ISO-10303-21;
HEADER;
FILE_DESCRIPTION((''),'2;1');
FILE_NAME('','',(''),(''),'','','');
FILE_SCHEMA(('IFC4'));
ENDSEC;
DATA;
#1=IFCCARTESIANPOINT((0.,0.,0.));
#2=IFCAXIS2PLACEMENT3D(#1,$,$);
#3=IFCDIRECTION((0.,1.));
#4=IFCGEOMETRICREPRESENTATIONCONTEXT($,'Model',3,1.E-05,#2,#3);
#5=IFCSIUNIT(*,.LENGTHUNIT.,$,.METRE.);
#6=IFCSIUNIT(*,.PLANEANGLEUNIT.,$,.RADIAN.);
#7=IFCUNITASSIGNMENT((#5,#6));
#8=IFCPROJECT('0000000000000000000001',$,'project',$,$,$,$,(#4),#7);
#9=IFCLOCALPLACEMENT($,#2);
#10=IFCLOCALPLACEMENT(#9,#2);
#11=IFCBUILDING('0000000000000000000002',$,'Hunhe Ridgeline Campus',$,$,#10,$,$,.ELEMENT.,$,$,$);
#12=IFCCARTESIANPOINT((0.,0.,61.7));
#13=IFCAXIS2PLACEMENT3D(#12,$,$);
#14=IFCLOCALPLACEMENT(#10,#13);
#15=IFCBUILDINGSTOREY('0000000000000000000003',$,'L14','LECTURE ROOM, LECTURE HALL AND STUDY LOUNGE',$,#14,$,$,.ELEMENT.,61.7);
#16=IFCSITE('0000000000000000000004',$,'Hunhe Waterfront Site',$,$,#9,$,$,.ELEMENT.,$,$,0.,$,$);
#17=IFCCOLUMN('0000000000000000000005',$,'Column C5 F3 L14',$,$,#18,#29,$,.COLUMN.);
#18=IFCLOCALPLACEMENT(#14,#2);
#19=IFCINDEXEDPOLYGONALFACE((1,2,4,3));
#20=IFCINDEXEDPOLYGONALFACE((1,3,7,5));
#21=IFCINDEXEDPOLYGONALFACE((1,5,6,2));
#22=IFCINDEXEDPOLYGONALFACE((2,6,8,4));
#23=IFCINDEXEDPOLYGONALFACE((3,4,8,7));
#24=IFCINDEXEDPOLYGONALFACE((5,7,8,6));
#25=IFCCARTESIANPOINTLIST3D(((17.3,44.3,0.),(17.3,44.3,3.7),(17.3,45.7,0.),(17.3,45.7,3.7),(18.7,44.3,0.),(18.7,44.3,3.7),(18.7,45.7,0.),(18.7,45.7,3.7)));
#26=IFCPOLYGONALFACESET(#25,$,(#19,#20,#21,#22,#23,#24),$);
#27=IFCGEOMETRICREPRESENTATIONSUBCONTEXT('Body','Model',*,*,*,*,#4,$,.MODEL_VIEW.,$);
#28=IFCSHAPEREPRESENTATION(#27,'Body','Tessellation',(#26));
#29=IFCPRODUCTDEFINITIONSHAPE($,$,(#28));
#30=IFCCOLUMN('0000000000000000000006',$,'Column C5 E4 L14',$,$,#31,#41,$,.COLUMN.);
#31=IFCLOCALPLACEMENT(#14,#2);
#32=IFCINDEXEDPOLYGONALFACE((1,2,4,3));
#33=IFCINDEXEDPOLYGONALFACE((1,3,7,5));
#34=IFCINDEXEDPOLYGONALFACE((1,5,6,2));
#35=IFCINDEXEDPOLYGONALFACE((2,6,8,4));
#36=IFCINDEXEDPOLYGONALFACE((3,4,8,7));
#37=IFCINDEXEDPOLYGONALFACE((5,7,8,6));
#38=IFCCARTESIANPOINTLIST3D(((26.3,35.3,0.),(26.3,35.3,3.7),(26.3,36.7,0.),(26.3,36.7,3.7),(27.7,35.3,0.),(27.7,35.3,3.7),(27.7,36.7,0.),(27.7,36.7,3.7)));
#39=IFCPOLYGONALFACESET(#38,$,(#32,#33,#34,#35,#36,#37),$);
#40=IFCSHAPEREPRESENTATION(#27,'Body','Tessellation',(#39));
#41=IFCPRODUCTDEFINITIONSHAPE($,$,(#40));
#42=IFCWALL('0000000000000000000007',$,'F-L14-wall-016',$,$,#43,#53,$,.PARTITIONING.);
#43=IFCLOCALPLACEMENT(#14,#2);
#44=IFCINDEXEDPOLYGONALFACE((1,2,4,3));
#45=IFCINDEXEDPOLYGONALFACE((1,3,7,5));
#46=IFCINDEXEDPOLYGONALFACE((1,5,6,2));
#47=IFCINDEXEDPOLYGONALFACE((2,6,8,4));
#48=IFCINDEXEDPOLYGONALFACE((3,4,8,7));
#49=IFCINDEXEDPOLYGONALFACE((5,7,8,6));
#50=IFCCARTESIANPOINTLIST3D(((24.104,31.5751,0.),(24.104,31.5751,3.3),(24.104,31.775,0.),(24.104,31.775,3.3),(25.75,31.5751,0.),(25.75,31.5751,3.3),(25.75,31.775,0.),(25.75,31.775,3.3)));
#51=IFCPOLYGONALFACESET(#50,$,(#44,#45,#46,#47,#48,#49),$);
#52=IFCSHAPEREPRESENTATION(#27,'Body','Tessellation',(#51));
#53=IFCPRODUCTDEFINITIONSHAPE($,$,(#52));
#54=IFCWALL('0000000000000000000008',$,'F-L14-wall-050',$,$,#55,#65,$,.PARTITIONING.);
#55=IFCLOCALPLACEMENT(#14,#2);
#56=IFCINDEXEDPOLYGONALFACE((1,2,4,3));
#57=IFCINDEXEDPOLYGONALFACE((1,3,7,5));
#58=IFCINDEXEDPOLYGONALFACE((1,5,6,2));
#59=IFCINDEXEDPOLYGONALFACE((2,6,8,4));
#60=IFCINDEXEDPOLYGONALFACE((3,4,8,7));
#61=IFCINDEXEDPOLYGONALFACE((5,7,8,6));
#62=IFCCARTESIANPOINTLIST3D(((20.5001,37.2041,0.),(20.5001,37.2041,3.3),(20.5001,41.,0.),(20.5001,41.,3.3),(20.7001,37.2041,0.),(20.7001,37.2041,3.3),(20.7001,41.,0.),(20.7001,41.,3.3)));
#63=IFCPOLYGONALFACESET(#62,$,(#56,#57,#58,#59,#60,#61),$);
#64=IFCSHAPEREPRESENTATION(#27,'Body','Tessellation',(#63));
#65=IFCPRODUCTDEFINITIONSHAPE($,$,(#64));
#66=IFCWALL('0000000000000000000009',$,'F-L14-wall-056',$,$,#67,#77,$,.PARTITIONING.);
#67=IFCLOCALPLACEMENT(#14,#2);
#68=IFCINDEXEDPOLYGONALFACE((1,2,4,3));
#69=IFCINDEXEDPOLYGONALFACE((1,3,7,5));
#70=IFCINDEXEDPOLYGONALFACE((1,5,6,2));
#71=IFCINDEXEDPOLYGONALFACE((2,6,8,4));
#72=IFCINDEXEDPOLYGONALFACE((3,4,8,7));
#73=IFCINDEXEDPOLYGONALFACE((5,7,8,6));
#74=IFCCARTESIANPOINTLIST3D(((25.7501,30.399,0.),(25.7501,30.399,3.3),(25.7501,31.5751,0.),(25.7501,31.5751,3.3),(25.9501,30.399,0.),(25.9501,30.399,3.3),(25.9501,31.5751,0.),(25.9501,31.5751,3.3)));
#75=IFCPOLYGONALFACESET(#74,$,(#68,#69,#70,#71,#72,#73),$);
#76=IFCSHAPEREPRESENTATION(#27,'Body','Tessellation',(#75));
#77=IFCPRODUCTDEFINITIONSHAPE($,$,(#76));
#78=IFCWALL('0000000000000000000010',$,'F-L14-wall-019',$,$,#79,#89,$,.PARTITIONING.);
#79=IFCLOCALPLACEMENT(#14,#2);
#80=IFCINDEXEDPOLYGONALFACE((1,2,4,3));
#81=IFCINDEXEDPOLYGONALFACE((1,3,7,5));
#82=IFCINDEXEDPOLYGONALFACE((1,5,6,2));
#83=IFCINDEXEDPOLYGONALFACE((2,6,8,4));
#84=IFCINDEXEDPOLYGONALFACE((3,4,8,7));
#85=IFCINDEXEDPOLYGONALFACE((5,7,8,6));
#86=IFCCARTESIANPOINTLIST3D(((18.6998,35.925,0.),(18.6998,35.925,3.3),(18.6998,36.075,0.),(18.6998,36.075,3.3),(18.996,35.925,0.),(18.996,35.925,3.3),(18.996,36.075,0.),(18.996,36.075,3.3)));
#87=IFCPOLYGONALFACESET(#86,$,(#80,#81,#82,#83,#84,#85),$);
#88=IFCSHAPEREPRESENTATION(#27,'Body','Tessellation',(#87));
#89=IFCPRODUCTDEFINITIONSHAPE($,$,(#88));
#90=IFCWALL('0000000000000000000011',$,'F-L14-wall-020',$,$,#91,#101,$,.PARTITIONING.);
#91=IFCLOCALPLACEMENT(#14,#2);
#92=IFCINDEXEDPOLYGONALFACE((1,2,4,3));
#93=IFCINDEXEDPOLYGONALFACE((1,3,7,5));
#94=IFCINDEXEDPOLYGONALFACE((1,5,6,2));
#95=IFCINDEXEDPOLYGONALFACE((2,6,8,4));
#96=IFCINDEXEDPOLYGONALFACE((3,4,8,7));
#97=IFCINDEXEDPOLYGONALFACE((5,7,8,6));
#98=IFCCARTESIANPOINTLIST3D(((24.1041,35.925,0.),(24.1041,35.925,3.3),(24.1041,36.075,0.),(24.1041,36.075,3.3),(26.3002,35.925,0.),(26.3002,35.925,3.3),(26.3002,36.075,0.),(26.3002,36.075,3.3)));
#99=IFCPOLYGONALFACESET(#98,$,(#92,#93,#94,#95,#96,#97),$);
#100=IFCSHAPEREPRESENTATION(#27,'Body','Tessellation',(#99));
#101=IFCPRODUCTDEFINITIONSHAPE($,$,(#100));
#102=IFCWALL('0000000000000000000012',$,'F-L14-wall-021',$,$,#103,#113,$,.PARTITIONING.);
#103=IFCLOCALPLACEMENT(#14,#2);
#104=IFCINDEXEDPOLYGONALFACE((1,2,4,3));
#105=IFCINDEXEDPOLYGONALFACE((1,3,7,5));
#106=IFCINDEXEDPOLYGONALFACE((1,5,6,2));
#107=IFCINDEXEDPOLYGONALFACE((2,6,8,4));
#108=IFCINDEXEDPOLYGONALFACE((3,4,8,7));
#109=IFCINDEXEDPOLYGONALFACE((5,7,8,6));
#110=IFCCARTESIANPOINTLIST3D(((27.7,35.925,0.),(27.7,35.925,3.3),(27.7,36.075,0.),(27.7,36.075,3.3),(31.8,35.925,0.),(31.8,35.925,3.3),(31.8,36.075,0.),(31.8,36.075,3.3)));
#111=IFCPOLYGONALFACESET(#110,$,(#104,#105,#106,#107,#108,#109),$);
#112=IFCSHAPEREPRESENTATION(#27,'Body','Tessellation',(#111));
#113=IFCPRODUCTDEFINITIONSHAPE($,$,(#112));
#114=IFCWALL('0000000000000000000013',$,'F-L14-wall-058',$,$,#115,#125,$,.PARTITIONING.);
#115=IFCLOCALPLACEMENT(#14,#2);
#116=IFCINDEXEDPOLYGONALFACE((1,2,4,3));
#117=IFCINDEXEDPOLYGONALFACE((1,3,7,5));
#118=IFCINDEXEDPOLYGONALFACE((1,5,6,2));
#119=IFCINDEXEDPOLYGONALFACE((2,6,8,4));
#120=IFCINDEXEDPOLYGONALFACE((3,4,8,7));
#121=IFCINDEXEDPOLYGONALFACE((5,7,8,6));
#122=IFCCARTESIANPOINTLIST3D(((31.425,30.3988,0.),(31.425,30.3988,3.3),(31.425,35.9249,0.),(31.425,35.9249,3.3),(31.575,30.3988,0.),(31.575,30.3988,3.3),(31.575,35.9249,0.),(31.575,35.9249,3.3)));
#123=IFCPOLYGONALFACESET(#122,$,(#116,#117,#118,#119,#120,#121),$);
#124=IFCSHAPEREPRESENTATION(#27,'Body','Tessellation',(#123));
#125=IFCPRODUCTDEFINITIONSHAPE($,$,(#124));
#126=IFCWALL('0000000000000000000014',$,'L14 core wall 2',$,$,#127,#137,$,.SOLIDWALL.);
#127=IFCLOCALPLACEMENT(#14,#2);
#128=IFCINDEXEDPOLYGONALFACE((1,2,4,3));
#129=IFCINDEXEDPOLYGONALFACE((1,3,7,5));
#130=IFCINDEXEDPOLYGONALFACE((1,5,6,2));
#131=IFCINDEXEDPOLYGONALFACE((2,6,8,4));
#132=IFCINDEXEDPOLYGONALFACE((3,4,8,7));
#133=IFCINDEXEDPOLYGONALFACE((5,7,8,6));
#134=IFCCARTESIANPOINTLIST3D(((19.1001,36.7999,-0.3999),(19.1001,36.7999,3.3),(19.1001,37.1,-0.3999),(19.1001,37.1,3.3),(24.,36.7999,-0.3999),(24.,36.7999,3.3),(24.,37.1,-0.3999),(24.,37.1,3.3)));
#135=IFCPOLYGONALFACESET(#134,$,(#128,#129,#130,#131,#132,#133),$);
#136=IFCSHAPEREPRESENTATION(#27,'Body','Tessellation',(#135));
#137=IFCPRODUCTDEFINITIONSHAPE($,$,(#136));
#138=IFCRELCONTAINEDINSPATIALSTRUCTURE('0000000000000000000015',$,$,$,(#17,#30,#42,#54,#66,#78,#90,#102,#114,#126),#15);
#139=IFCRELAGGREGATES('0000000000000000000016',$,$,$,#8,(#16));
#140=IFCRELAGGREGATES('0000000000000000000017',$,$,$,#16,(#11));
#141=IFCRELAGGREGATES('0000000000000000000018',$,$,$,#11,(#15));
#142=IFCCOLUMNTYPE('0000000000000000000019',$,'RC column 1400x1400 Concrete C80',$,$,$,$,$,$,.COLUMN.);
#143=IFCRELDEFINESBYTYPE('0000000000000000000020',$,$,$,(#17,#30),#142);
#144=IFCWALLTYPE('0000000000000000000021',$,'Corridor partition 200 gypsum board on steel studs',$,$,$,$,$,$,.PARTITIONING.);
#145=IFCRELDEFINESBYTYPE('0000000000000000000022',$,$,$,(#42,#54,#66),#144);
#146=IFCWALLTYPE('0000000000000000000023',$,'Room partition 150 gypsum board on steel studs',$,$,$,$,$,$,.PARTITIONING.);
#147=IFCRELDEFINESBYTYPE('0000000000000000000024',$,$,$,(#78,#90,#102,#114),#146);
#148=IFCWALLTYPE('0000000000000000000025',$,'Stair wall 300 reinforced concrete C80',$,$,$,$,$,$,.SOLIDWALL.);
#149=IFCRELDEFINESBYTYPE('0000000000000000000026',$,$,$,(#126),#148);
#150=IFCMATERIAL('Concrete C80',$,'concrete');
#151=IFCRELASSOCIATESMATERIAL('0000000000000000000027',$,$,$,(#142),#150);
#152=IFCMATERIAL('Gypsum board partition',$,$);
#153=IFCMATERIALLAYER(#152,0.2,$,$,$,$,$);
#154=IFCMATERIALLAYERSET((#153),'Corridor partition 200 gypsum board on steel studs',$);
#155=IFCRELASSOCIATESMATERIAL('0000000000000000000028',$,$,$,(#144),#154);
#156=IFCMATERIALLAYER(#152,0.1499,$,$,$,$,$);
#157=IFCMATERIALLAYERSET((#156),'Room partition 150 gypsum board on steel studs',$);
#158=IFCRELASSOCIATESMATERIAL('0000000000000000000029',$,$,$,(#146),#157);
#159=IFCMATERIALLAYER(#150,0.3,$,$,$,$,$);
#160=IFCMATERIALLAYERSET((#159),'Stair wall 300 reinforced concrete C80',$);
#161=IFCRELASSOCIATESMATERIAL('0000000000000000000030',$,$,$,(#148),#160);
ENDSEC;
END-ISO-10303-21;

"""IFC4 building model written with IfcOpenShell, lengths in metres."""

from ifc_helpers import new_model, si_unit, direction, frame, frame_2d, origin, origin_2d, place, context, subcontext, project, spatial, rectangle, extrude, material, layer, layer_set, material_profile, profile_set, type_object, element, save


model = new_model("IFC4")

# Units and contexts
model_context = context("Model", 3, precision=1e-05, world=origin(), true_north=direction((0.0, 1.0)))
body_context = subcontext(model_context, "Body", "Model", "MODEL_VIEW")
ifc_project = project(units=[si_unit("LENGTHUNIT", "METRE"), si_unit("PLANEANGLEUNIT", "RADIAN")], contexts=[model_context])

# Site, building, storey
site_placement = place(None, origin())
site = spatial("IfcSite", under=ifc_project, at=site_placement, Name="Hunhe Waterfront Site", CompositionType="ELEMENT", RefElevation=0.0)
building_placement = place(site_placement, origin())
building = spatial("IfcBuilding", under=site, at=building_placement, Name="Hunhe Ridgeline Campus", CompositionType="ELEMENT")
storey_placement = place(building_placement, frame((0.0, 0.0, 61.7)))
storey = spatial("IfcBuildingStorey", under=building, at=storey_placement, Name="L14", Description="LECTURE ROOM, LECTURE HALL AND STUDY LOUNGE", CompositionType="ELEMENT", Elevation=61.7)

# Columns
ifc_material_1 = material(Name="Concrete C80", Category="concrete")
ifc_material_profile = material_profile(ifc_material_1, rectangle(XDim=1.3999, YDim=1.3999, at=origin_2d()))
ifc_profile_set = profile_set([ifc_material_profile], Name="Concrete C80")
column_type = type_object("IfcColumnType", Name="RC column 1400x1400 Concrete C80", PredefinedType="COLUMN", material=ifc_profile_set)
for number, where, z_axis, x_axis, name in (
    (1, (18.0, 45.0, 0.0), (0.0, 0.0, 1.0), (1.0, 0.0, 0.0), "Column C5 F3 L14"),
    (2, (27.0, 36.0, 0.0), (0.0, 0.0, 1.0), (1.0, 0.0, 0.0), "Column C5 E4 L14"),
):
    element("IfcColumn", number, at=place(storey_placement, frame(where, z_axis=z_axis, x_axis=x_axis)), inside=storey, type_object=column_type, Name=name, PredefinedType="COLUMN", context=body_context, shape_type="SweptSolid", body=[
        extrude(rectangle(XDim=1.3999, YDim=1.3999, at=origin_2d()), origin(), (0.0, 0.0, 1.0), 3.7),
    ])

# Wall
ifc_material_2 = material(Name="Gypsum board partition")
ifc_layer_1 = layer(ifc_material_2, 0.2)
ifc_layer_set_1 = layer_set([ifc_layer_1], Name="Corridor partition 200 gypsum board on steel studs")
wall_type_1 = type_object("IfcWallType", Name="Corridor partition 200 gypsum board on steel studs", PredefinedType="PARTITIONING", material=ifc_layer_set_1)
wall_1_placement = place(storey_placement, frame((24.104, 31.675, 0.0), z_axis=(0.0, 0.0, 1.0), x_axis=(1.0, 0.0, 0.0)))
element("IfcWall", 3, at=wall_1_placement, inside=storey, type_object=wall_type_1, Name="F-L14-wall-016", PredefinedType="PARTITIONING", context=body_context, shape_type="SweptSolid", body=[
    extrude(rectangle(XDim=1.646, YDim=0.2, at=frame_2d((0.823, 0.0))), origin(), (0.0, 0.0, 1.0), 3.3),
])

# Wall
wall_2_placement = place(storey_placement, frame((20.6001, 37.2041, 0.0), z_axis=(0.0, 0.0, 1.0), x_axis=(0.0, 1.0, 0.0)))
element("IfcWall", 4, at=wall_2_placement, inside=storey, type_object=wall_type_1, Name="F-L14-wall-050", PredefinedType="PARTITIONING", context=body_context, shape_type="SweptSolid", body=[
    extrude(rectangle(XDim=3.7959, YDim=0.2, at=frame_2d((1.8979, 0.0))), origin(), (0.0, 0.0, 1.0), 3.3),
])

# Wall
wall_3_placement = place(storey_placement, frame((25.8501, 31.575, 0.0), z_axis=(0.0, 0.0, 1.0), x_axis=(0.0, -1.0, 0.0)))
element("IfcWall", 5, at=wall_3_placement, inside=storey, type_object=wall_type_1, Name="F-L14-wall-056", PredefinedType="PARTITIONING", context=body_context, shape_type="SweptSolid", body=[
    extrude(rectangle(XDim=1.176, YDim=0.2, at=frame_2d((0.5879, 0.0))), origin(), (0.0, 0.0, 1.0), 3.3),
])

# Walls
ifc_layer_2 = layer(ifc_material_2, 0.1499)
ifc_layer_set_2 = layer_set([ifc_layer_2], Name="Room partition 150 gypsum board on steel studs")
wall_type_2 = type_object("IfcWallType", Name="Room partition 150 gypsum board on steel studs", PredefinedType="PARTITIONING", material=ifc_layer_set_2)
wall_4_placement = place(storey_placement, frame((18.7, 36.0, 0.0), z_axis=(0.0, 0.0, 1.0), x_axis=(1.0, 0.0, 0.0)))
element("IfcWall", 6, at=wall_4_placement, inside=storey, type_object=wall_type_2, Name="F-L14-wall-019", PredefinedType="PARTITIONING", context=body_context, shape_type="SweptSolid", body=[
    extrude(rectangle(XDim=0.2961, YDim=0.1499, at=frame_2d((0.1479, 0.0))), origin(), (0.0, 0.0, 1.0), 3.3),
])
wall_5_placement = place(storey_placement, frame((24.104, 36.0, 0.0), z_axis=(0.0, 0.0, 1.0), x_axis=(1.0, 0.0, 0.0)))
element("IfcWall", 7, at=wall_5_placement, inside=storey, type_object=wall_type_2, Name="F-L14-wall-020", PredefinedType="PARTITIONING", context=body_context, shape_type="SweptSolid", body=[
    extrude(rectangle(XDim=2.196, YDim=0.1499, at=frame_2d((1.0981, 0.0))), origin(), (0.0, 0.0, 1.0), 3.3),
])
wall_6_placement = place(storey_placement, frame((27.7, 36.0, 0.0), z_axis=(0.0, 0.0, 1.0), x_axis=(1.0, 0.0, 0.0)))
element("IfcWall", 8, at=wall_6_placement, inside=storey, type_object=wall_type_2, Name="F-L14-wall-021", PredefinedType="PARTITIONING", context=body_context, shape_type="SweptSolid", body=[
    extrude(rectangle(XDim=4.1001, YDim=0.1499, at=frame_2d((2.05, 0.0))), origin(), (0.0, 0.0, 1.0), 3.3),
])
wall_7_placement = place(storey_placement, frame((31.5, 35.925, 0.0), z_axis=(0.0, 0.0, 1.0), x_axis=(0.0, -1.0, 0.0)))
element("IfcWall", 9, at=wall_7_placement, inside=storey, type_object=wall_type_2, Name="F-L14-wall-058", PredefinedType="PARTITIONING", context=body_context, shape_type="SweptSolid", body=[
    extrude(rectangle(XDim=5.5261, YDim=0.1499, at=frame_2d((2.7632, 0.0))), origin(), (0.0, 0.0, 1.0), 3.3),
])
ifc_layer_3 = layer(ifc_material_1, 0.3)
ifc_layer_set_3 = layer_set([ifc_layer_3], Name="Stair wall 300 reinforced concrete C80")
wall_type_3 = type_object("IfcWallType", Name="Stair wall 300 reinforced concrete C80", PredefinedType="SOLIDWALL", material=ifc_layer_set_3)
wall_8_placement = place(storey_placement, frame((19.1001, 36.95, -0.3999), z_axis=(0.0, 0.0, 1.0), x_axis=(1.0, 0.0, 0.0)))
element("IfcWall", 10, at=wall_8_placement, inside=storey, type_object=wall_type_3, Name="L14 core wall 2", PredefinedType="SOLIDWALL", context=body_context, shape_type="SweptSolid", body=[
    extrude(rectangle(XDim=4.8999, YDim=0.3, at=frame_2d((2.45, 0.0))), origin(), (0.0, 0.0, 1.0), 3.7),
])

save(model, "model.ifc")
